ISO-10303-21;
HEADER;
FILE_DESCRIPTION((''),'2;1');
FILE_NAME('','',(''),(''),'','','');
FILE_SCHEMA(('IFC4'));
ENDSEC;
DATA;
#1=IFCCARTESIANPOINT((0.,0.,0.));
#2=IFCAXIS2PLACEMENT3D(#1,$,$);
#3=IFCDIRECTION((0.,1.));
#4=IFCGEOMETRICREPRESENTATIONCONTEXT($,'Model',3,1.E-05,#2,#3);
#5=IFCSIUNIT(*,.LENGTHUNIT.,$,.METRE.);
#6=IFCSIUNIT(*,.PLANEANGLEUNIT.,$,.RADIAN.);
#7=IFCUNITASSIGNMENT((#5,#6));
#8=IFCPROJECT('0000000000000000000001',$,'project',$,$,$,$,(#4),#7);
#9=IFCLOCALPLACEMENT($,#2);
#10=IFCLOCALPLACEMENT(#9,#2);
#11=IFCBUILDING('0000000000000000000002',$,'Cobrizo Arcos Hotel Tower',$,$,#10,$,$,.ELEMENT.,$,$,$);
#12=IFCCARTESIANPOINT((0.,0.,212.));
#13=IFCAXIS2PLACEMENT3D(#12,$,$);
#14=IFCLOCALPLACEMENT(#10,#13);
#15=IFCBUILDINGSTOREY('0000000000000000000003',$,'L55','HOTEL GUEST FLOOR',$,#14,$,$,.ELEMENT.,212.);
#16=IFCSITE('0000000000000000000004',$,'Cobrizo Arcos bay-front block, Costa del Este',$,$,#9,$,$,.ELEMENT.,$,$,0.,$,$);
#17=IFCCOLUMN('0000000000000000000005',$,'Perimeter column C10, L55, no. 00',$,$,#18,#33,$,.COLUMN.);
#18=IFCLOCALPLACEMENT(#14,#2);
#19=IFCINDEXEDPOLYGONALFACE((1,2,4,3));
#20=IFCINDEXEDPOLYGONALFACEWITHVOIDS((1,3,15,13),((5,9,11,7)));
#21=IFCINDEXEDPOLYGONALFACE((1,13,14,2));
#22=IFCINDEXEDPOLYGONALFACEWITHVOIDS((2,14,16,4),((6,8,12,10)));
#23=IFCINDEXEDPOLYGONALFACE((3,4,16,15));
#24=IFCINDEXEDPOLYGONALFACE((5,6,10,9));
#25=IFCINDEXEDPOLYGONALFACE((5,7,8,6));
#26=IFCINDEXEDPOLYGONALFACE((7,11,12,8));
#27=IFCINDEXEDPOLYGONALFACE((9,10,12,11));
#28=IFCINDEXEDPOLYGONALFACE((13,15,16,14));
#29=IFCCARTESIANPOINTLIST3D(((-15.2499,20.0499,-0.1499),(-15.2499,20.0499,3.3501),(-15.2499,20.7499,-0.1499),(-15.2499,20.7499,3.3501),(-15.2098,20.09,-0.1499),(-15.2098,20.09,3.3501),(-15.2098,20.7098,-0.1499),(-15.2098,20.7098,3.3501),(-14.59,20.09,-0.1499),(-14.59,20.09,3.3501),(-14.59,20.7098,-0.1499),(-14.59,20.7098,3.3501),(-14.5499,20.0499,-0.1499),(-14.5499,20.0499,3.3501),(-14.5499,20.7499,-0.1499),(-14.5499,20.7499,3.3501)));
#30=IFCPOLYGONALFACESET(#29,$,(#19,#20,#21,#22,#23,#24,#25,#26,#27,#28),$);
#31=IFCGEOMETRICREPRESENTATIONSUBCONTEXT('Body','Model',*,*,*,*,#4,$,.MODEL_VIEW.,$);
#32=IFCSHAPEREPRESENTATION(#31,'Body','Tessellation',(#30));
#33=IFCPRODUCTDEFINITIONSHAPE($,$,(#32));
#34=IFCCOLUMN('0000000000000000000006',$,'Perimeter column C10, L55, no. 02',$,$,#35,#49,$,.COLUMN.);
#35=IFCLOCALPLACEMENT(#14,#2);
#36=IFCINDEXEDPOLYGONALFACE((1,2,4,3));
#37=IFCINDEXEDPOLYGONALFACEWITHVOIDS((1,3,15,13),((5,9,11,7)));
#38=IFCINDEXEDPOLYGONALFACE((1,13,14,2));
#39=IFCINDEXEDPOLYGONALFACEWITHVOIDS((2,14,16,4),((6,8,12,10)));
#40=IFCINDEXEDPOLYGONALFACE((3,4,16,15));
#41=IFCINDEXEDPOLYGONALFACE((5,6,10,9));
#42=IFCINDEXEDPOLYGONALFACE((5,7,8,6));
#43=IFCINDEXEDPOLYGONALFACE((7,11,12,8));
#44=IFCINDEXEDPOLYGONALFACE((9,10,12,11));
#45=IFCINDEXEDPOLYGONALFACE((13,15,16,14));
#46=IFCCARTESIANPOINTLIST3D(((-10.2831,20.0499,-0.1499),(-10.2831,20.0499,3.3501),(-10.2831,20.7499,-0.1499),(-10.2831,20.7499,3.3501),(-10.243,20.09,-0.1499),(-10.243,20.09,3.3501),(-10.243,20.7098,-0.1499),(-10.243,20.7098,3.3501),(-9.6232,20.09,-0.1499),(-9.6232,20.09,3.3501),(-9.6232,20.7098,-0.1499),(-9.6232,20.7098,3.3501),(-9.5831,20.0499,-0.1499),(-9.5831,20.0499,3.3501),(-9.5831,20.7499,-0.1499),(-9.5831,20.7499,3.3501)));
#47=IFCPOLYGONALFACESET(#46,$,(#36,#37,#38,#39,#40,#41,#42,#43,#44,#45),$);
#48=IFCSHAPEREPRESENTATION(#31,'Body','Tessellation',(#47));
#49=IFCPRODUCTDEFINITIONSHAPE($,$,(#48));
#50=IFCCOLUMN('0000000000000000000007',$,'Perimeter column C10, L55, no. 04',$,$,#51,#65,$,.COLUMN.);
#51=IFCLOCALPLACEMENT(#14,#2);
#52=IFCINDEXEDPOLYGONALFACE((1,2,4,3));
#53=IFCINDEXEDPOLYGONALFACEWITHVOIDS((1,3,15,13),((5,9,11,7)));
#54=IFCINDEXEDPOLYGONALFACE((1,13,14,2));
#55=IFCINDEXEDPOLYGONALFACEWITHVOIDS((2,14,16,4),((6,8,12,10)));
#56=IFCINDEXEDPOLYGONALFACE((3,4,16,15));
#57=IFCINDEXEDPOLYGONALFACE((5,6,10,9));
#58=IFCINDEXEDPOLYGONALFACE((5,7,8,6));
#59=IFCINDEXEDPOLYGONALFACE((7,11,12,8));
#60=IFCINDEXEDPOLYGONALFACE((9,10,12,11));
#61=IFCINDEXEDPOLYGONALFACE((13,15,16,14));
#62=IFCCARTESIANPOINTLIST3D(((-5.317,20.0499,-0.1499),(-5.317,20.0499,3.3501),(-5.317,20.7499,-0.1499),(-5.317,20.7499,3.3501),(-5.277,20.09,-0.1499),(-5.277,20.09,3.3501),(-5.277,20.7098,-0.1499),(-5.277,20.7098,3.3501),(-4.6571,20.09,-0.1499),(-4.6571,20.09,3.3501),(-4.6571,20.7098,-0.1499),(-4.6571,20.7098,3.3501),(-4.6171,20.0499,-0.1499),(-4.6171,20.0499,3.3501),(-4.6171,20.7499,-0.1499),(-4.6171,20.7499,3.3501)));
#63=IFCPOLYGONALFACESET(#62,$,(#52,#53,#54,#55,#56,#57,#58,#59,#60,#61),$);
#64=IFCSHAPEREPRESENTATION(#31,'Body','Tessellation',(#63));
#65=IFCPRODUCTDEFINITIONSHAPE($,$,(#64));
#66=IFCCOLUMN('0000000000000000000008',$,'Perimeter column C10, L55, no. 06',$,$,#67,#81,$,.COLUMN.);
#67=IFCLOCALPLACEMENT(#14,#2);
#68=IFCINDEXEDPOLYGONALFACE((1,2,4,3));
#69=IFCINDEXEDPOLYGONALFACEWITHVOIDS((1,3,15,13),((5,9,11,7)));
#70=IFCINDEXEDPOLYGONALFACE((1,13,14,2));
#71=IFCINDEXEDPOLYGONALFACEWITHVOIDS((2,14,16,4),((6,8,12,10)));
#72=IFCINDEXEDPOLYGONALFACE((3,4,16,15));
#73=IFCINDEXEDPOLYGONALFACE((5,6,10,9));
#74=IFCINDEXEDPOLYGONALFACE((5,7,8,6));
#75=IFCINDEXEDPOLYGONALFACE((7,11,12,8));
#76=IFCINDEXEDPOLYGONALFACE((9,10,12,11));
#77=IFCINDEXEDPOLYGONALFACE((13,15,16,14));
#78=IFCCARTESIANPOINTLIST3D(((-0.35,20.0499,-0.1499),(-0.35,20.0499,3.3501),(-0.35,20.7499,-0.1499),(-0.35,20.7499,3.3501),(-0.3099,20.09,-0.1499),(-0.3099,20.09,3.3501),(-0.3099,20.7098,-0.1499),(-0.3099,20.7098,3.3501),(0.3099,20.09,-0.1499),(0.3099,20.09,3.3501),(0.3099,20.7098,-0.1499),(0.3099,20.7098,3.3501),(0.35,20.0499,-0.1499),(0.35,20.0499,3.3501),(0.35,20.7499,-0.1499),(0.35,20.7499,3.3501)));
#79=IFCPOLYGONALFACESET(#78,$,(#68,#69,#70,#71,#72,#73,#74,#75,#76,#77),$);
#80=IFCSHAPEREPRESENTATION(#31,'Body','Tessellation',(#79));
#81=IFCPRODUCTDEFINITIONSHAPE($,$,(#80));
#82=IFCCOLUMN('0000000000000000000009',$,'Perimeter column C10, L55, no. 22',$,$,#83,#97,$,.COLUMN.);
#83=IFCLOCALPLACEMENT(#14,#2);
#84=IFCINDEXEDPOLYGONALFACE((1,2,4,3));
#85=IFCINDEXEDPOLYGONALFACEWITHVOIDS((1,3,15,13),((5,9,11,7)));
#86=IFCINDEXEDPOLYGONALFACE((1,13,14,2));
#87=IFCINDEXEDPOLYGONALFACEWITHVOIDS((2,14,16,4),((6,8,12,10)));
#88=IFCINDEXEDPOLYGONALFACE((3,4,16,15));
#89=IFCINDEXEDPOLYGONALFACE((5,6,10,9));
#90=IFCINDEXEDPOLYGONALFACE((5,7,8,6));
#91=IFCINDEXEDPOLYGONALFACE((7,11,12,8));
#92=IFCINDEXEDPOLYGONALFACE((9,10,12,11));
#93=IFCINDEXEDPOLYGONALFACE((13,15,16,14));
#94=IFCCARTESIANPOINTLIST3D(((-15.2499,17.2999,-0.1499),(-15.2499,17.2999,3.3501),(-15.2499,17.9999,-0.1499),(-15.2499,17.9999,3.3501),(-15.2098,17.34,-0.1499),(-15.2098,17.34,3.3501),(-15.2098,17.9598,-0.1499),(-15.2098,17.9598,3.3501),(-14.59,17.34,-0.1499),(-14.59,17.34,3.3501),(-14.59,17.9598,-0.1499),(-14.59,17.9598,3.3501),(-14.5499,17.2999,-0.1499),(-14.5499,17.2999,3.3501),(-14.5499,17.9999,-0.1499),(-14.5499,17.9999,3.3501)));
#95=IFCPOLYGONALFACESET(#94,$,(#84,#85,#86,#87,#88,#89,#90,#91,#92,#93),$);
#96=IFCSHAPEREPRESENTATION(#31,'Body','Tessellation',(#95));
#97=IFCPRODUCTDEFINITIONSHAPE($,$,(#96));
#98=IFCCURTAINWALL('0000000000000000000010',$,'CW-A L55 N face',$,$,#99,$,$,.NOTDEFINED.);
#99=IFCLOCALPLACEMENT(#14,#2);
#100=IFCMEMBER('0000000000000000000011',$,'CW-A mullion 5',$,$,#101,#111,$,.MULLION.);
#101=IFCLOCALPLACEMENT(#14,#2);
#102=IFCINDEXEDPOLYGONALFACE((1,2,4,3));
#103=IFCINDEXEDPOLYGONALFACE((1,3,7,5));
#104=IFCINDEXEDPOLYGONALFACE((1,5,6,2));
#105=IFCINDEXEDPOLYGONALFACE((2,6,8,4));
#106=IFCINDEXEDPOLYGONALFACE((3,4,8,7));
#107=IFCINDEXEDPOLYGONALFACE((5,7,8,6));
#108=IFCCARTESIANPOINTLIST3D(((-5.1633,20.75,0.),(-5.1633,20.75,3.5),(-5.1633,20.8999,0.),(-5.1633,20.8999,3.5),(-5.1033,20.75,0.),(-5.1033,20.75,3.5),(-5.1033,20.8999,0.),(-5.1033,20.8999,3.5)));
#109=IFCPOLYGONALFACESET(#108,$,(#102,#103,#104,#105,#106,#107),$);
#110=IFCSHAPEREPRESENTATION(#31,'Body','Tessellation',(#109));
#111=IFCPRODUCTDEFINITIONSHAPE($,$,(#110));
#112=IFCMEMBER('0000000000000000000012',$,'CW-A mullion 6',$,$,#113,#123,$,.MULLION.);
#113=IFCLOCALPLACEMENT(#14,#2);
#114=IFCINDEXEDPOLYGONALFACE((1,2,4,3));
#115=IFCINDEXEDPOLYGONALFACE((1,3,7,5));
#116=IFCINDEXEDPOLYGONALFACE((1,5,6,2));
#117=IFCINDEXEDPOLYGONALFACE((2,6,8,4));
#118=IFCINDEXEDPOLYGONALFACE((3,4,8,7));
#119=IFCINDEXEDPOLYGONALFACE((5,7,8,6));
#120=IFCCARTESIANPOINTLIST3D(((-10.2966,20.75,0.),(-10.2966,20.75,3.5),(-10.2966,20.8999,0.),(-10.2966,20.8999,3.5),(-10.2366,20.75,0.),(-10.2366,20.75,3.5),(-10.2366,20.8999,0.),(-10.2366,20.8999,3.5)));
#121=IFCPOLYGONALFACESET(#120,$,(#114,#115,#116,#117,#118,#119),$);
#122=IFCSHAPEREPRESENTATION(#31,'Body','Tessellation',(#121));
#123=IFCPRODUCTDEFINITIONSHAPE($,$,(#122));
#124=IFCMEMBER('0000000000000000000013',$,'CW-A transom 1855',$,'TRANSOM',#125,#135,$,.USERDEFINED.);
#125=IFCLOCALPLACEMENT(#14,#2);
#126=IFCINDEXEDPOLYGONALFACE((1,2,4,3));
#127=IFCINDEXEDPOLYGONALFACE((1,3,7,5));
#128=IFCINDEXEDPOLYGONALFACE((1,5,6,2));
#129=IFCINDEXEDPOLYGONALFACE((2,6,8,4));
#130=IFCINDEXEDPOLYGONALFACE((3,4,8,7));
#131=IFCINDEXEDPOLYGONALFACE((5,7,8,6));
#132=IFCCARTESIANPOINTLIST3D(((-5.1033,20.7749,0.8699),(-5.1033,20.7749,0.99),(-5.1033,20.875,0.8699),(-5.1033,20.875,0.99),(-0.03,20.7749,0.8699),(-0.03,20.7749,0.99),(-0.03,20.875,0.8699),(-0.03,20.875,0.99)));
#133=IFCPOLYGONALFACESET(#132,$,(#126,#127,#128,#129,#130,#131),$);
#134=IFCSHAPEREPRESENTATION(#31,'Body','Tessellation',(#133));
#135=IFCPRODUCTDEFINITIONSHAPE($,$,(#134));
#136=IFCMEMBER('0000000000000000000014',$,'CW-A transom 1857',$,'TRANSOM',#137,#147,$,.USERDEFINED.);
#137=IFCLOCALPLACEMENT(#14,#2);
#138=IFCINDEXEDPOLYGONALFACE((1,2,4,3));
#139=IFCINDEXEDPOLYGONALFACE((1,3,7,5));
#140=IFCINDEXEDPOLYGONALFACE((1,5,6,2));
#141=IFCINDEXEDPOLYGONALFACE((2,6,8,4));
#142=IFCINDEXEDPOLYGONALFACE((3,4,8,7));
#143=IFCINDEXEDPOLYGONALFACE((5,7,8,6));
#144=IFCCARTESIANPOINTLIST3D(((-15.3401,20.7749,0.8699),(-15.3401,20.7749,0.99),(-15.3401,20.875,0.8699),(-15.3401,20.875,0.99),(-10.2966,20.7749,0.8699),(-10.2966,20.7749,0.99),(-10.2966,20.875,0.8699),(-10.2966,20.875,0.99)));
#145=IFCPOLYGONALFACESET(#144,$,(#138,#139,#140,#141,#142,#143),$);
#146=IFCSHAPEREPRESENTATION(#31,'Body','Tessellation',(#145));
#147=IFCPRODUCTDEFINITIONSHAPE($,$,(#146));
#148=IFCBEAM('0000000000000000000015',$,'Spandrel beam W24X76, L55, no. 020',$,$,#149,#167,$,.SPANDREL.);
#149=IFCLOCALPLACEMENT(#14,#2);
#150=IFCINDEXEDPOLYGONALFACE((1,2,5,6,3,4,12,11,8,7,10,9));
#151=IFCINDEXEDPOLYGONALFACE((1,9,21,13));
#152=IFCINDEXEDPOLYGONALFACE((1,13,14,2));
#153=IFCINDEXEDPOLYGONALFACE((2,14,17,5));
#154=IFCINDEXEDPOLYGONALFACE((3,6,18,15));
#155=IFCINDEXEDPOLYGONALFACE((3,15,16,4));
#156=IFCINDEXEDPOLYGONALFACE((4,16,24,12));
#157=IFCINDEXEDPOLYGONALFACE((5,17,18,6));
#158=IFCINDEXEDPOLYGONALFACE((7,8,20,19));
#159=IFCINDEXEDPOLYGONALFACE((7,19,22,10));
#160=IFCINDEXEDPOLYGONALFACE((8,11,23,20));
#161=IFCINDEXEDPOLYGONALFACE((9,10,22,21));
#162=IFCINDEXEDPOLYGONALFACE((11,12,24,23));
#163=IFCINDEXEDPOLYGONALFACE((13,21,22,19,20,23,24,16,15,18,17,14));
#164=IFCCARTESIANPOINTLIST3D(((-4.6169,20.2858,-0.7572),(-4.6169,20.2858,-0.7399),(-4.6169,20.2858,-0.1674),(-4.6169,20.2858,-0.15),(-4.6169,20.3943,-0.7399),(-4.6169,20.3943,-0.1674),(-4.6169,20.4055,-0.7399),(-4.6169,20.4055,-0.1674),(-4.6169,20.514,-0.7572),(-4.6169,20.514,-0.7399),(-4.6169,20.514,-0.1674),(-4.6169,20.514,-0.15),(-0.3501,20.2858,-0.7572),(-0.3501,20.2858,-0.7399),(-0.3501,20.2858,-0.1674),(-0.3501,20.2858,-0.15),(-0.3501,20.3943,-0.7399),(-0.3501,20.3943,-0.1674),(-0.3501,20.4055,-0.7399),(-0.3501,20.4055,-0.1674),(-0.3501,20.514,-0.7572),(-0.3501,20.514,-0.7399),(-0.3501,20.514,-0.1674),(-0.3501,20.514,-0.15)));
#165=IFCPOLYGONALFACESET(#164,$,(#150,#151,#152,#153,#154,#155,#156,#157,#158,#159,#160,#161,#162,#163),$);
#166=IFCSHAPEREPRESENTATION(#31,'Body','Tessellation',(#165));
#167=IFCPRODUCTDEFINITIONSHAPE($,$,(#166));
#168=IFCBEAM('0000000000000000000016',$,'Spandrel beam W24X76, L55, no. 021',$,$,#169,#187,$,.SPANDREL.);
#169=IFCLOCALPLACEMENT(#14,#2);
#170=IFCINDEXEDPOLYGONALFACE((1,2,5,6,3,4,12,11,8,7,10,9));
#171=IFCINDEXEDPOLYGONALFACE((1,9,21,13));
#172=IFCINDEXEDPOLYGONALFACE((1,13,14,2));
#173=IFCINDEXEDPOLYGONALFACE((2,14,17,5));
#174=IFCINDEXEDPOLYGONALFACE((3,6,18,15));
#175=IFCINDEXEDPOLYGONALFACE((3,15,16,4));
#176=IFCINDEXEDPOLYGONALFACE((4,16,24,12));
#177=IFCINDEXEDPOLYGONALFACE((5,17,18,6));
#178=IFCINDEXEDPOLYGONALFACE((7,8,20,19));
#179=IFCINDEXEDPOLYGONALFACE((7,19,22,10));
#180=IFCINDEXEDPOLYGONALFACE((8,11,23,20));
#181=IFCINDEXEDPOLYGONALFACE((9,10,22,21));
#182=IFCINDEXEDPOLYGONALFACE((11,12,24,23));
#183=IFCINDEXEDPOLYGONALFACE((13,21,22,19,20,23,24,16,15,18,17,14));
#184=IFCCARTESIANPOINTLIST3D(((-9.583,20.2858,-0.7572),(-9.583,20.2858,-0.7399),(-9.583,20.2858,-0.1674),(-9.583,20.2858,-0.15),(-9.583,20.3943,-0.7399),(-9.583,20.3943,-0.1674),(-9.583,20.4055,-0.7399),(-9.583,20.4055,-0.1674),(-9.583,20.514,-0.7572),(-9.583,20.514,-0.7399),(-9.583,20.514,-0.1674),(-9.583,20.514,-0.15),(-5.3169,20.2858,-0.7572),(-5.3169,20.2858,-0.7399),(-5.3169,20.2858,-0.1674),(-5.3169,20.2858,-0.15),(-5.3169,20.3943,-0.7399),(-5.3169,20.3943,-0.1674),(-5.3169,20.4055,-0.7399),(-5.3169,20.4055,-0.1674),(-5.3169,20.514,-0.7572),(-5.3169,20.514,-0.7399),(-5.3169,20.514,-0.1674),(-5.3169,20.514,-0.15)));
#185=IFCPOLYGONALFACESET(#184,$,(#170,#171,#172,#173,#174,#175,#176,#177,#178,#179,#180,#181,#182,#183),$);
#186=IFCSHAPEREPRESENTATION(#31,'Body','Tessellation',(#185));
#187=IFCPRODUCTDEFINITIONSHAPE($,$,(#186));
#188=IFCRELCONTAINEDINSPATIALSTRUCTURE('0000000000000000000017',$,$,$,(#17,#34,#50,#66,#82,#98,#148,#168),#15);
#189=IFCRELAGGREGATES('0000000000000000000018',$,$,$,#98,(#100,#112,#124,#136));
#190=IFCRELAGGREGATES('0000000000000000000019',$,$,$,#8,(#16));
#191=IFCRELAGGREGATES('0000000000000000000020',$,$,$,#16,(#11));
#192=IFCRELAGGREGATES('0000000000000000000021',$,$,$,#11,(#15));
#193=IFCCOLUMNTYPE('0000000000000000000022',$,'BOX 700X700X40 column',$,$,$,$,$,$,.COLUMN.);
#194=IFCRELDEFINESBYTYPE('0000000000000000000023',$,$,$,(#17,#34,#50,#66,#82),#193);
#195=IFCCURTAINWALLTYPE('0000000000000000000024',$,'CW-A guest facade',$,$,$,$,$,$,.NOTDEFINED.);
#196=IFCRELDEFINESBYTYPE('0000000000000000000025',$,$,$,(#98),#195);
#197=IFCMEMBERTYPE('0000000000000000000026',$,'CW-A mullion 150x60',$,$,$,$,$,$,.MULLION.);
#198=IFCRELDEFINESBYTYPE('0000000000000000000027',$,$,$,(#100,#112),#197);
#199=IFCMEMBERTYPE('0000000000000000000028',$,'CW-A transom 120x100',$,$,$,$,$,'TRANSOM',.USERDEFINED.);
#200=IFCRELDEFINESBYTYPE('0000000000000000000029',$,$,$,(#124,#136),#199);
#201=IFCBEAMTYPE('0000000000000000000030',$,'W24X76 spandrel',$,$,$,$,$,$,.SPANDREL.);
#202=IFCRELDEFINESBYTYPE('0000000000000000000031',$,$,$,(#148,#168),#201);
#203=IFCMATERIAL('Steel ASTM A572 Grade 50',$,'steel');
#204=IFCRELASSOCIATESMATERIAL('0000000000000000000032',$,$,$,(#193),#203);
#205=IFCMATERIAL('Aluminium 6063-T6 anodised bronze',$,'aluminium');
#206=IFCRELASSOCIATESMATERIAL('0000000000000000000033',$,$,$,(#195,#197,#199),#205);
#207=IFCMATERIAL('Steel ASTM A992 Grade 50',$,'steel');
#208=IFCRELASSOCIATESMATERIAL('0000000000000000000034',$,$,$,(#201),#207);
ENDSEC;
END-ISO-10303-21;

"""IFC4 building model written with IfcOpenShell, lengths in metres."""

from ifc_helpers import new_model, si_unit, direction, frame, origin, origin_2d, place, context, subcontext, project, spatial, rectangle, hollow_rectangle, i_section, extrude, material, material_profile, profile_set, type_object, element, aggregate, save


model = new_model("IFC4")

# Units and contexts
model_context = context("Model", 3, precision=1e-05, world=origin(), true_north=direction((0.0, 1.0)))
body_context = subcontext(model_context, "Body", "Model", "MODEL_VIEW")
ifc_project = project(units=[si_unit("LENGTHUNIT", "METRE"), si_unit("PLANEANGLEUNIT", "RADIAN")], contexts=[model_context])

# Site, building, storey
site_placement = place(None, origin())
site = spatial("IfcSite", under=ifc_project, at=site_placement, Name="Cobrizo Arcos bay-front block, Costa del Este", CompositionType="ELEMENT", RefElevation=0.0)
building_placement = place(site_placement, origin())
building = spatial("IfcBuilding", under=site, at=building_placement, Name="Cobrizo Arcos Hotel Tower", CompositionType="ELEMENT")
storey_placement = place(building_placement, frame((0.0, 0.0, 212.0)))
storey = spatial("IfcBuildingStorey", under=building, at=storey_placement, Name="L55", Description="HOTEL GUEST FLOOR", CompositionType="ELEMENT", Elevation=212.0)

# Columns
ifc_material_1 = material(Name="Steel ASTM A572 Grade 50", Category="steel")
ifc_material_profile_1 = material_profile(ifc_material_1, hollow_rectangle(XDim=0.7, YDim=0.7, WallThickness=0.04, at=origin_2d()), Name="BOX 700X700X40")
ifc_profile_set_1 = profile_set([ifc_material_profile_1], Name="Steel ASTM A572 Grade 50")
column_type = type_object("IfcColumnType", Name="BOX 700X700X40 column", PredefinedType="COLUMN", material=ifc_profile_set_1)
for number, where, z_axis, x_axis, name in (
    (1, (-14.8999, 20.3999, -0.1499), (0.0, 0.0, 1.0), (1.0, 0.0, 0.0), "Perimeter column C10, L55, no. 00"),
    (2, (-9.9331, 20.3999, -0.1499), (0.0, 0.0, 1.0), (1.0, 0.0, 0.0), "Perimeter column C10, L55, no. 02"),
    (3, (-4.967, 20.3999, -0.1499), (0.0, 0.0, 1.0), (1.0, 0.0, 0.0), "Perimeter column C10, L55, no. 04"),
    (4, (0.0, 20.3999, -0.1499), (0.0, 0.0, 1.0), (1.0, 0.0, 0.0), "Perimeter column C10, L55, no. 06"),
    (5, (-14.8999, 17.6499, -0.1499), (0.0, 0.0, 1.0), (1.0, 0.0, 0.0), "Perimeter column C10, L55, no. 22"),
):
    element("IfcColumn", number, at=place(storey_placement, frame(where, z_axis=z_axis, x_axis=x_axis)), inside=storey, type_object=column_type, Name=name, PredefinedType="COLUMN", context=body_context, shape_type="SweptSolid", body=[
        extrude(hollow_rectangle(XDim=0.7, YDim=0.7, WallThickness=0.04, at=origin_2d()), origin(), (0.0, 0.0, 1.0), 3.5),
    ])

# Curtain wall, members
ifc_material_2 = material(Name="Aluminium 6063-T6 anodised bronze", Category="aluminium")
curtain_wall_type = type_object("IfcCurtainWallType", Name="CW-A guest facade", PredefinedType="NOTDEFINED", material=ifc_material_2)
curtain_wall_placement = place(storey_placement, origin())
curtain_wall = element("IfcCurtainWall", 6, at=curtain_wall_placement, inside=storey, type_object=curtain_wall_type, Name="CW-A L55 N face", PredefinedType="NOTDEFINED")
ifc_material_profile_2 = material_profile(ifc_material_2, rectangle(XDim=0.1499, YDim=0.0601, at=origin_2d()), Name="CW-A mullion 150x60")
ifc_profile_set_2 = profile_set([ifc_material_profile_2], Name="Aluminium 6063-T6 anodised bronze")
member_type_1 = type_object("IfcMemberType", Name="CW-A mullion 150x60", PredefinedType="MULLION", material=ifc_profile_set_2)
member_1_placement = place(storey_placement, frame((-5.1333, 20.825, 0.0), z_axis=(0.0, 0.0, 1.0), x_axis=(0.0, 1.0, 0.0)))
member_1 = element("IfcMember", 7, at=member_1_placement, type_object=member_type_1, Name="CW-A mullion 5", PredefinedType="MULLION", context=body_context, shape_type="SweptSolid", body=[
    extrude(rectangle(XDim=0.1499, YDim=0.0601, at=origin_2d()), origin(), (0.0, 0.0, 1.0), 3.5),
])
member_2_placement = place(storey_placement, frame((-10.2666, 20.825, 0.0), z_axis=(0.0, 0.0, 1.0), x_axis=(0.0, 1.0, 0.0)))
member_2 = element("IfcMember", 8, at=member_2_placement, type_object=member_type_1, Name="CW-A mullion 6", PredefinedType="MULLION", context=body_context, shape_type="SweptSolid", body=[
    extrude(rectangle(XDim=0.1499, YDim=0.0601, at=origin_2d()), origin(), (0.0, 0.0, 1.0), 3.5),
])
ifc_material_profile_3 = material_profile(ifc_material_2, rectangle(XDim=0.1001, YDim=0.1201, at=origin_2d()), Name="CW-A transom 120x100")
ifc_profile_set_3 = profile_set([ifc_material_profile_3], Name="Aluminium 6063-T6 anodised bronze")
member_type_2 = type_object("IfcMemberType", Name="CW-A transom 120x100", ElementType="TRANSOM", PredefinedType="USERDEFINED", material=ifc_profile_set_3)
member_3_placement = place(storey_placement, frame((-0.03, 20.825, 0.9299), z_axis=(-1.0, 0.0, 0.0), x_axis=(0.0, -1.0, 0.0)))
member_3 = element("IfcMember", 9, at=member_3_placement, type_object=member_type_2, Name="CW-A transom 1855", ObjectType="TRANSOM", PredefinedType="USERDEFINED", context=body_context, shape_type="SweptSolid", body=[
    extrude(rectangle(XDim=0.1001, YDim=0.1201, at=origin_2d()), origin(), (0.0, 0.0, 1.0), 5.0732),
])
member_4_placement = place(storey_placement, frame((-10.2966, 20.825, 0.9299), z_axis=(-1.0, 0.0, 0.0), x_axis=(0.0, -1.0, 0.0)))
member_4 = element("IfcMember", 10, at=member_4_placement, type_object=member_type_2, Name="CW-A transom 1857", ObjectType="TRANSOM", PredefinedType="USERDEFINED", context=body_context, shape_type="SweptSolid", body=[
    extrude(rectangle(XDim=0.1001, YDim=0.1201, at=origin_2d()), origin(), (0.0, 0.0, 1.0), 5.0435),
])

# Beams
ifc_material_3 = material(Name="Steel ASTM A992 Grade 50", Category="steel")
ifc_material_profile_4 = material_profile(ifc_material_3, i_section(OverallWidth=0.2283, OverallDepth=0.6072, WebThickness=0.0112, FlangeThickness=0.0173, at=origin_2d()), Name="W24X76")
ifc_profile_set_4 = profile_set([ifc_material_profile_4], Name="Steel ASTM A992 Grade 50")
beam_type = type_object("IfcBeamType", Name="W24X76 spandrel", PredefinedType="SPANDREL", material=ifc_profile_set_4)
beam_1_placement = place(storey_placement, frame((-0.3501, 20.3999, -0.4536), z_axis=(-1.0, 0.0, 0.0), x_axis=(0.0, -1.0, 0.0)))
element("IfcBeam", 11, at=beam_1_placement, inside=storey, type_object=beam_type, Name="Spandrel beam W24X76, L55, no. 020", PredefinedType="SPANDREL", context=body_context, shape_type="SweptSolid", body=[
    extrude(i_section(OverallWidth=0.2283, OverallDepth=0.6072, WebThickness=0.0112, FlangeThickness=0.0173, at=origin_2d()), origin(), (0.0, 0.0, 1.0), 4.2668),
])
beam_2_placement = place(storey_placement, frame((-5.3169, 20.3999, -0.4536), z_axis=(-1.0, 0.0, 0.0), x_axis=(0.0, -1.0, 0.0)))
element("IfcBeam", 12, at=beam_2_placement, inside=storey, type_object=beam_type, Name="Spandrel beam W24X76, L55, no. 021", PredefinedType="SPANDREL", context=body_context, shape_type="SweptSolid", body=[
    extrude(i_section(OverallWidth=0.2283, OverallDepth=0.6072, WebThickness=0.0112, FlangeThickness=0.0173, at=origin_2d()), origin(), (0.0, 0.0, 1.0), 4.2661),
])

aggregate(curtain_wall, [member_1, member_2, member_3, member_4])

save(model, "model.ifc")
